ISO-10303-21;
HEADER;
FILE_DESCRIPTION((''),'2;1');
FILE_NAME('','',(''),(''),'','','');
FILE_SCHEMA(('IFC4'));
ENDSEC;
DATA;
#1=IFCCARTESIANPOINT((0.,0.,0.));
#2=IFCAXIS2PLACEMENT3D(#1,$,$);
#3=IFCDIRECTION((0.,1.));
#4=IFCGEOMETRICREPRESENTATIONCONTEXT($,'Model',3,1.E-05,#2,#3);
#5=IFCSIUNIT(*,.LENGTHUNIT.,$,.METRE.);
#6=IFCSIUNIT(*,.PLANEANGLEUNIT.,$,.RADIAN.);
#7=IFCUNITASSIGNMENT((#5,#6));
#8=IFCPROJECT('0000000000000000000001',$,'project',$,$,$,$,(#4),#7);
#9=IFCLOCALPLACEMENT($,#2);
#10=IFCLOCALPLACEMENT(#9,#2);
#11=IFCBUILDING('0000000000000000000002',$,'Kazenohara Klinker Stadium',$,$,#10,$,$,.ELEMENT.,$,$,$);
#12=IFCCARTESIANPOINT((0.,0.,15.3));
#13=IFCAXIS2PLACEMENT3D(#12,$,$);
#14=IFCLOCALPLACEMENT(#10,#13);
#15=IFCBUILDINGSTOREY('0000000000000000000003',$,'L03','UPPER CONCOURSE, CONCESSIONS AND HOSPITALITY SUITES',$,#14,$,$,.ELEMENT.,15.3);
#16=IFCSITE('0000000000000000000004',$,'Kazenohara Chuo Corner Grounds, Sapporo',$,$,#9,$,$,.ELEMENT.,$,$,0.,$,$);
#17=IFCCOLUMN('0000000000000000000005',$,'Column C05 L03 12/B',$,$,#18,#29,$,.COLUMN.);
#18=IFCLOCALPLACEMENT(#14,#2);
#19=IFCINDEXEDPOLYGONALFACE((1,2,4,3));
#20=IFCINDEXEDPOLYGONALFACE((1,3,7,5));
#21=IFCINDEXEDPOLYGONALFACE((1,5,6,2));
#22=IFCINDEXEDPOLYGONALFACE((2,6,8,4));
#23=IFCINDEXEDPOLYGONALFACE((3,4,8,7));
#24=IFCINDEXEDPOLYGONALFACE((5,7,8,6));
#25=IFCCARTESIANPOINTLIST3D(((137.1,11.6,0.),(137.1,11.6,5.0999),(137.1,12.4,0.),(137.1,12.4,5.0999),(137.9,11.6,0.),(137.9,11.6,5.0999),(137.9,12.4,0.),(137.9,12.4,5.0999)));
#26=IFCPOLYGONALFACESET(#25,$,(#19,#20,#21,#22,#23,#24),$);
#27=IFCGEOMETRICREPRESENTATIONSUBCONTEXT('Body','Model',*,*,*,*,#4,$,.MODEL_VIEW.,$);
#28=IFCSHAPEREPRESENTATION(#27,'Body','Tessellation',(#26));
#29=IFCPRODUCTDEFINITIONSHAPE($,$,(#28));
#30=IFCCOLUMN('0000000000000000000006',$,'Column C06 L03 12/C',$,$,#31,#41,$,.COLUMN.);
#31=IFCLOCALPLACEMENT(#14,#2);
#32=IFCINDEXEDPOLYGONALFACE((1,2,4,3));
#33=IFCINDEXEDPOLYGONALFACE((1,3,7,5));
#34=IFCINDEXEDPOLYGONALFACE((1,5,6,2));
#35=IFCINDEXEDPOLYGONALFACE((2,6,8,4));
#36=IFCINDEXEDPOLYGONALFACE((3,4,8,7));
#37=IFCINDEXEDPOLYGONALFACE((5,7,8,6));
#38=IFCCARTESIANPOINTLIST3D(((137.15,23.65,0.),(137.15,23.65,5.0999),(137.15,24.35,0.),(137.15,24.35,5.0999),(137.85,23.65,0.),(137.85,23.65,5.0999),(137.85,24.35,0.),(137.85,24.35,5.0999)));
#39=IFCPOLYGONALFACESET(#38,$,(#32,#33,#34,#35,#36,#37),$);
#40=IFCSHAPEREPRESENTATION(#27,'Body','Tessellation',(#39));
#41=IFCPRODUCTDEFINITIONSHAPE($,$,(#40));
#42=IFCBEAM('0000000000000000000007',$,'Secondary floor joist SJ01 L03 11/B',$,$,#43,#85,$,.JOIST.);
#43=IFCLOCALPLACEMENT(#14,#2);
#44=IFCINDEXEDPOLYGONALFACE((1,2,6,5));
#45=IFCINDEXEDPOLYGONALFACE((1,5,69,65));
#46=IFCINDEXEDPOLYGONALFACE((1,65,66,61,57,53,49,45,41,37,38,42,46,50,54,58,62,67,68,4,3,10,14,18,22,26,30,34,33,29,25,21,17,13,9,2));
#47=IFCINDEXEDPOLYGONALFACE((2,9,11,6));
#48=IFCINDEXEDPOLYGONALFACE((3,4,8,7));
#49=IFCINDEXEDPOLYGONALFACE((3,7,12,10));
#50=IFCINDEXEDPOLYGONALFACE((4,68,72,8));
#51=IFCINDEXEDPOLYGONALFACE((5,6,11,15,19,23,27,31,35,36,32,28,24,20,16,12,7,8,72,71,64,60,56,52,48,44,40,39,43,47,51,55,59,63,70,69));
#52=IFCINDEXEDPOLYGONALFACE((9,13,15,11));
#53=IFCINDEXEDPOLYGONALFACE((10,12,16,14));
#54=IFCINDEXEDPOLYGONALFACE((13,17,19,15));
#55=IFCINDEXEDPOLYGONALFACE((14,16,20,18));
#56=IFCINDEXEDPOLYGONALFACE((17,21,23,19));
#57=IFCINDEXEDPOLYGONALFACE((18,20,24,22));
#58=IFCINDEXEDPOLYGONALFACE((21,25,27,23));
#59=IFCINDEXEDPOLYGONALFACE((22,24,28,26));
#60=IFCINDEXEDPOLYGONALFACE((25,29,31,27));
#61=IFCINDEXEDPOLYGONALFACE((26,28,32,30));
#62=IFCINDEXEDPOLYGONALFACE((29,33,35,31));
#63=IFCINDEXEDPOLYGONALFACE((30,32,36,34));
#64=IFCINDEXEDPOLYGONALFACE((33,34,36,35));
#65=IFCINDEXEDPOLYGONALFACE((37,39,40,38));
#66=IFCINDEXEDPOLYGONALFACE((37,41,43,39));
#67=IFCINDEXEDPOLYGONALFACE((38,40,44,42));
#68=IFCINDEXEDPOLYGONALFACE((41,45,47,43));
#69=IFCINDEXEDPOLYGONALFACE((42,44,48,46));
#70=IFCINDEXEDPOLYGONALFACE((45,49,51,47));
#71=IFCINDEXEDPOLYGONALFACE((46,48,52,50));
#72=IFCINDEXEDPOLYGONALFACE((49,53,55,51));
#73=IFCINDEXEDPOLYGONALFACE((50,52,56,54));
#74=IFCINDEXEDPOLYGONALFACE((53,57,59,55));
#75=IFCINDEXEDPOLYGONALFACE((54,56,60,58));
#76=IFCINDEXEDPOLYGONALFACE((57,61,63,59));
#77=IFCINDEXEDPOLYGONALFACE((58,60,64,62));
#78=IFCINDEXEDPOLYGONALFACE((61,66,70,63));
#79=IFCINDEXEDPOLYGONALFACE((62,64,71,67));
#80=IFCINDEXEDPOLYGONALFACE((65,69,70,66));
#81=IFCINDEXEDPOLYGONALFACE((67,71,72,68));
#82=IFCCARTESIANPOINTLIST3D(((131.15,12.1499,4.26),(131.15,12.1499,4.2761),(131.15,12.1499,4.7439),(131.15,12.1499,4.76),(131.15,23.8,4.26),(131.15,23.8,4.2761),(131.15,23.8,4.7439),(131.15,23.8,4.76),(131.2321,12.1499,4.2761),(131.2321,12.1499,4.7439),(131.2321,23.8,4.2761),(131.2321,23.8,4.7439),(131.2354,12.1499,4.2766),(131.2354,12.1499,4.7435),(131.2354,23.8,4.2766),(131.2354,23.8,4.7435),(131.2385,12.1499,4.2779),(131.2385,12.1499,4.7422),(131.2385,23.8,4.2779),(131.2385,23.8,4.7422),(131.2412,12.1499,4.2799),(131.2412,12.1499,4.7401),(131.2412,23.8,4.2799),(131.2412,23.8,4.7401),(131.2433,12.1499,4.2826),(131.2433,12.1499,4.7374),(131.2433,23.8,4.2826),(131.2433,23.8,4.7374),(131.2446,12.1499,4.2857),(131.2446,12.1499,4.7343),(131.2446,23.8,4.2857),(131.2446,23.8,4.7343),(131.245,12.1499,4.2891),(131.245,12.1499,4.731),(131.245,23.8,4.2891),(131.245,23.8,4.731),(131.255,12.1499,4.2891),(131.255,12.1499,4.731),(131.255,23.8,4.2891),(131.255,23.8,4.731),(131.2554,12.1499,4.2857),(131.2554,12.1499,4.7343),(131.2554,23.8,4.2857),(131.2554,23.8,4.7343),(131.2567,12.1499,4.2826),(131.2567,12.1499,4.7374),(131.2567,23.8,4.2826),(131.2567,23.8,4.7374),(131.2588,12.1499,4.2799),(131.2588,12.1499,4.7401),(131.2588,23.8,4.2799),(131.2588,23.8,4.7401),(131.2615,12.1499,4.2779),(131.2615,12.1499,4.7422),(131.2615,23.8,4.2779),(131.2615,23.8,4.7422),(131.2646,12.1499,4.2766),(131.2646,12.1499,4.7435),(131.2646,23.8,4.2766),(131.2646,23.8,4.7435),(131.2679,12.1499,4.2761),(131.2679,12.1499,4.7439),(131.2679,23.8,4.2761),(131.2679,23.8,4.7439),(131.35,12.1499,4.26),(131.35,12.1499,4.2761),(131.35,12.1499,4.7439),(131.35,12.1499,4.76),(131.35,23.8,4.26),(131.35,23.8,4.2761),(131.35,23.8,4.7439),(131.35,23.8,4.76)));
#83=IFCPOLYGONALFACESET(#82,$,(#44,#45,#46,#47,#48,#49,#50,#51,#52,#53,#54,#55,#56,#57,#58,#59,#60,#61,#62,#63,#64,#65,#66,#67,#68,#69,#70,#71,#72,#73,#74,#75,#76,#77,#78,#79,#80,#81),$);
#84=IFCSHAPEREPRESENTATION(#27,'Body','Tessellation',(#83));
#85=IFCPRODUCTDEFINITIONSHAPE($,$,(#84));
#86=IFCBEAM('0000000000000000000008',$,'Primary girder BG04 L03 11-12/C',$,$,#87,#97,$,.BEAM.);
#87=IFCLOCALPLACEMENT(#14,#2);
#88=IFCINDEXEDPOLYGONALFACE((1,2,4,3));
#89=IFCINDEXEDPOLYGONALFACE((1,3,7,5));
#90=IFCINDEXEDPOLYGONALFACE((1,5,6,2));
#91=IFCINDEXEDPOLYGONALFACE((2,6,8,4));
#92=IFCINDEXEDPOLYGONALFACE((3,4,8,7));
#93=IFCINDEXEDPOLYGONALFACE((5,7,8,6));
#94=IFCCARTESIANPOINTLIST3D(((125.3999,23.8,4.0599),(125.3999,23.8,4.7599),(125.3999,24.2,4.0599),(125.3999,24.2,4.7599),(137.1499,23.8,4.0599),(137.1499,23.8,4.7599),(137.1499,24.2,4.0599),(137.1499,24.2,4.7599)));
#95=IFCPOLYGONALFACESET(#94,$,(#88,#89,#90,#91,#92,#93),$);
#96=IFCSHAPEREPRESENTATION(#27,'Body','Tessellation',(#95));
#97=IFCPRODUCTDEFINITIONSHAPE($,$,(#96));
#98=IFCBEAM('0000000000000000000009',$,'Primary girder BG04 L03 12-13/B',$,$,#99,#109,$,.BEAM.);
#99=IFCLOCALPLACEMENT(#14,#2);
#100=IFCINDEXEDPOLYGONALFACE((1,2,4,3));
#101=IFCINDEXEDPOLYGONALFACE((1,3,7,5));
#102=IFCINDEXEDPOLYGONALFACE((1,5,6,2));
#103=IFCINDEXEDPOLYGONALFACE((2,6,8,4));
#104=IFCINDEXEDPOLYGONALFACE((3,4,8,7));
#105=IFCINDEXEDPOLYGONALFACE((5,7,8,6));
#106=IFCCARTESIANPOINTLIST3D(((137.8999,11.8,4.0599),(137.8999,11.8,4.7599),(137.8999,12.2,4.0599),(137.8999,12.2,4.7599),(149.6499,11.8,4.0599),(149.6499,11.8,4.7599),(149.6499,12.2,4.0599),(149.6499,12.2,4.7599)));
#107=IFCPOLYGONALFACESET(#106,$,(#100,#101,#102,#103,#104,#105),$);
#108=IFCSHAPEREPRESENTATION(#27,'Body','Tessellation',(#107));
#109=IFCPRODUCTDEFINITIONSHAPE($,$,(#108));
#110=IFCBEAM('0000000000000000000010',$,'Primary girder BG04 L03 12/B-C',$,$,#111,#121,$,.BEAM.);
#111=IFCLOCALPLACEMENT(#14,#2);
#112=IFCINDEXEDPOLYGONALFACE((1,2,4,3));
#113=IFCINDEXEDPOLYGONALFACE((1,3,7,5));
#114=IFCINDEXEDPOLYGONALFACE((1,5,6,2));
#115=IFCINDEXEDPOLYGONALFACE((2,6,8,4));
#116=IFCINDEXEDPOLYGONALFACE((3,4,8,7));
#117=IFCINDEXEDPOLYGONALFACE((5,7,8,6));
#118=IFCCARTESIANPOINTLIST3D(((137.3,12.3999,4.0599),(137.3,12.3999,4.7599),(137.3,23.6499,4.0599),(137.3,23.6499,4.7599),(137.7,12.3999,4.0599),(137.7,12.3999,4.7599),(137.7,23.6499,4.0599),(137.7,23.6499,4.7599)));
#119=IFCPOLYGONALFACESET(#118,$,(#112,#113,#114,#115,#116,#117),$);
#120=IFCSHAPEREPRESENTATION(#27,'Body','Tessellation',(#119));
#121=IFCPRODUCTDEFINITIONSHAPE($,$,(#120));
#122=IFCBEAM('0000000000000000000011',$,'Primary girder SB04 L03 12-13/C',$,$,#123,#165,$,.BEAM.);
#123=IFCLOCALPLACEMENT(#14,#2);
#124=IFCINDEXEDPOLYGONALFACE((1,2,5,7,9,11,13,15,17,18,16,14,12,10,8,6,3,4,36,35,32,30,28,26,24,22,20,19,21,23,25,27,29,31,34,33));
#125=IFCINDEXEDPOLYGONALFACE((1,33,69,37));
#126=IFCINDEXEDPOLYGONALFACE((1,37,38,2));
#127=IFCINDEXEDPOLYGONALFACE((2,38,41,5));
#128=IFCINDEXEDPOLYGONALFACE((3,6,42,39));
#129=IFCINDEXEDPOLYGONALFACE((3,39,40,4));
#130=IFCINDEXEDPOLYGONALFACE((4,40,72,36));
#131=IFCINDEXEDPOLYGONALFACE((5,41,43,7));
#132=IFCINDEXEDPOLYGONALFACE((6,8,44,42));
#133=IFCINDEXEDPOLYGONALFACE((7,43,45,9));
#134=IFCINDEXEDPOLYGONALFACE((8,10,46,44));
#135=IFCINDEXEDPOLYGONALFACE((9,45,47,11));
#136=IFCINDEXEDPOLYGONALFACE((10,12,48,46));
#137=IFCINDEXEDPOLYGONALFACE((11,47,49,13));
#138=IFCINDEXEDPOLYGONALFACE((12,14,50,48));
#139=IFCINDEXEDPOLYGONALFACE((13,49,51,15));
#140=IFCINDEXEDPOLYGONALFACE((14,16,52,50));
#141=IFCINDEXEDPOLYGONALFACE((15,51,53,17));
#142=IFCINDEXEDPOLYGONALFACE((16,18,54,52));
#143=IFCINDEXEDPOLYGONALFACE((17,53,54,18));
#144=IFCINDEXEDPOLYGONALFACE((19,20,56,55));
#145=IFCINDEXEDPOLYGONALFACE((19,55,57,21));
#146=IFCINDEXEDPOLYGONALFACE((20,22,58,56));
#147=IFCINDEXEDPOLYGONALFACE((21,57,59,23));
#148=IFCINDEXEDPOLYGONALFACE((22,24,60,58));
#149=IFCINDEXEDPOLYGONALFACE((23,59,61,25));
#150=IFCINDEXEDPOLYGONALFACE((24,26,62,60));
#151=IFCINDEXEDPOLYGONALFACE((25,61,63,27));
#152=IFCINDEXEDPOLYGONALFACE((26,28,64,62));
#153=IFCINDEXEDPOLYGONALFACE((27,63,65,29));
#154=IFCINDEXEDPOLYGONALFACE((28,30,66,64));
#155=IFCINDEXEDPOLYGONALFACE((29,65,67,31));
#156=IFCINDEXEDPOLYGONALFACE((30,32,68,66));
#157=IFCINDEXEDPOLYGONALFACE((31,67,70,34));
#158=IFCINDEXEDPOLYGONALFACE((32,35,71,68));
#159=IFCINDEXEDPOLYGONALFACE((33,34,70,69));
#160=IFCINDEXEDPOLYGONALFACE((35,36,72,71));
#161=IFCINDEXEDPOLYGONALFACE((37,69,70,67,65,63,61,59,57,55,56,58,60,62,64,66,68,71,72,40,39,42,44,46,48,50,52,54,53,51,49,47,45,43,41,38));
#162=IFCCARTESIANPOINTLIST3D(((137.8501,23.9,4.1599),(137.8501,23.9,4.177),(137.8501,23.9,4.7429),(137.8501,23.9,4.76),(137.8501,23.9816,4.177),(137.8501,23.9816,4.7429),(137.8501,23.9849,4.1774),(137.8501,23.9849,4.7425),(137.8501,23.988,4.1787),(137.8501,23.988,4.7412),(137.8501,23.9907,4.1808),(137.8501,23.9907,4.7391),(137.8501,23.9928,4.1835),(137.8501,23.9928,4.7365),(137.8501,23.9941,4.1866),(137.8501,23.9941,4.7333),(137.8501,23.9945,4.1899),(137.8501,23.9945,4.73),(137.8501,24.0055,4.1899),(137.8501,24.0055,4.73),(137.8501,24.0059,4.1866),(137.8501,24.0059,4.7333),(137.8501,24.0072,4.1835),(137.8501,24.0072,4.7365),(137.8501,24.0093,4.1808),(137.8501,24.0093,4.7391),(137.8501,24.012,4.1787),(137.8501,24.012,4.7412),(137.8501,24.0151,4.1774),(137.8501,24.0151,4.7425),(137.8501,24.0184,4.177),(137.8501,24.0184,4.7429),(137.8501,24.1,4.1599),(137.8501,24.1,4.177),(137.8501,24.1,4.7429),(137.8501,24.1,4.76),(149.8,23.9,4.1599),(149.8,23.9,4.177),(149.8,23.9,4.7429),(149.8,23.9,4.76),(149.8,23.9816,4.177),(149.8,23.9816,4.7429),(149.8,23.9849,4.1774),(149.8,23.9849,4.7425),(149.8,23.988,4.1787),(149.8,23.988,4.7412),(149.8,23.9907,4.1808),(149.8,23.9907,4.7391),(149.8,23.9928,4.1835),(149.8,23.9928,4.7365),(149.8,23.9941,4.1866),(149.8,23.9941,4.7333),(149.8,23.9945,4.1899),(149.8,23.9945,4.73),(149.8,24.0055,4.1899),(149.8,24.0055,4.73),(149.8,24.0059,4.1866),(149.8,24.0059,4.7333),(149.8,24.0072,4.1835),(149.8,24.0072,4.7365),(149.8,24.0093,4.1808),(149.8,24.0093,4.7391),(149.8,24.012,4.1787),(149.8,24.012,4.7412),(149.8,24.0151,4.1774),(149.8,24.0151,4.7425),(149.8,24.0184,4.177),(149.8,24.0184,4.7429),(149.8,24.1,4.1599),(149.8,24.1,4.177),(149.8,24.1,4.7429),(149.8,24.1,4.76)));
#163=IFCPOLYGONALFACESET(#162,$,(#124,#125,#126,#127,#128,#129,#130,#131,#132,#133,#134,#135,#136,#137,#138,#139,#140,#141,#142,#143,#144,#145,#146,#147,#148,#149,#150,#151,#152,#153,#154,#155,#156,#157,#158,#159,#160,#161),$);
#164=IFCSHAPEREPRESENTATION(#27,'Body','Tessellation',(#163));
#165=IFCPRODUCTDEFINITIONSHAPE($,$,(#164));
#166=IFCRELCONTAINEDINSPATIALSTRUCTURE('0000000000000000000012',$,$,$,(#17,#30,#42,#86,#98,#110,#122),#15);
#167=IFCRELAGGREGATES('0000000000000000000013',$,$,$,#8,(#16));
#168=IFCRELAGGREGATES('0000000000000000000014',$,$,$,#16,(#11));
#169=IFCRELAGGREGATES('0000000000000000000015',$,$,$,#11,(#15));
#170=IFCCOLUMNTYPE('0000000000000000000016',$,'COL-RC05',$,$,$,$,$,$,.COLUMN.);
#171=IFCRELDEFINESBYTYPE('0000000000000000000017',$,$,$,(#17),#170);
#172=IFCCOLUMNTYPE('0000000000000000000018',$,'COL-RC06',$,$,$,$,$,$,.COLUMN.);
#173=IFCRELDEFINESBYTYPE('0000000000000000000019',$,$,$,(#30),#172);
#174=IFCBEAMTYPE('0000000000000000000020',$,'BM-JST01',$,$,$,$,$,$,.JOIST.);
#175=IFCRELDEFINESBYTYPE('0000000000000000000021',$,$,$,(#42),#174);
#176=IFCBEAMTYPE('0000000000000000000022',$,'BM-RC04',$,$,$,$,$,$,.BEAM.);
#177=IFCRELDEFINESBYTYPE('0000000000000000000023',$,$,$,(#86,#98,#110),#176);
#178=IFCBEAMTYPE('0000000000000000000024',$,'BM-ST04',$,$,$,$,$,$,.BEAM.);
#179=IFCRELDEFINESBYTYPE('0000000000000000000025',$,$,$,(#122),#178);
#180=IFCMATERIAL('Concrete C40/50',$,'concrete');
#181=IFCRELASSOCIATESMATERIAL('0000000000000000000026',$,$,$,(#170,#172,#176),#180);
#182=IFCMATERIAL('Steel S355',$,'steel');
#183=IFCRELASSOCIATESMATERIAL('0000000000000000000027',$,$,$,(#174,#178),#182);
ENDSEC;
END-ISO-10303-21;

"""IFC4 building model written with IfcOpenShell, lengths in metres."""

from ifc_helpers import new_model, si_unit, direction, frame, origin, origin_2d, place, context, subcontext, project, spatial, rectangle, i_section, extrude, material, material_profile, profile_set, type_object, element, save


model = new_model("IFC4")

# Units and contexts
model_context = context("Model", 3, precision=1e-05, world=origin(), true_north=direction((0.0, 1.0)))
body_context = subcontext(model_context, "Body", "Model", "MODEL_VIEW")
ifc_project = project(units=[si_unit("LENGTHUNIT", "METRE"), si_unit("PLANEANGLEUNIT", "RADIAN")], contexts=[model_context])

# Site, building, storey
site_placement = place(None, origin())
site = spatial("IfcSite", under=ifc_project, at=site_placement, Name="Kazenohara Chuo Corner Grounds, Sapporo", CompositionType="ELEMENT", RefElevation=0.0)
building_placement = place(site_placement, origin())
building = spatial("IfcBuilding", under=site, at=building_placement, Name="Kazenohara Klinker Stadium", CompositionType="ELEMENT")
storey_placement = place(building_placement, frame((0.0, 0.0, 15.3)))
storey = spatial("IfcBuildingStorey", under=building, at=storey_placement, Name="L03", Description="UPPER CONCOURSE, CONCESSIONS AND HOSPITALITY SUITES", CompositionType="ELEMENT", Elevation=15.3)

# Columns
ifc_material_1 = material(Name="Concrete C40/50", Category="concrete")
ifc_material_profile_1 = material_profile(ifc_material_1, rectangle(XDim=0.8, YDim=0.8, at=origin_2d()), Name="RC-COL-800x800")
ifc_profile_set_1 = profile_set([ifc_material_profile_1], Name="Concrete C40/50")
column_type_1 = type_object("IfcColumnType", Name="COL-RC05", PredefinedType="COLUMN", material=ifc_profile_set_1)
column_1_placement = place(storey_placement, frame((137.5, 12.0, 0.0), z_axis=(0.0, 0.0, 1.0), x_axis=(1.0, 0.0, 0.0)))
element("IfcColumn", 1, at=column_1_placement, inside=storey, type_object=column_type_1, Name="Column C05 L03 12/B", PredefinedType="COLUMN", context=body_context, shape_type="SweptSolid", body=[
    extrude(rectangle(XDim=0.8, YDim=0.8, at=origin_2d()), origin(), (0.0, 0.0, 1.0), 5.0999),
])
ifc_material_profile_2 = material_profile(ifc_material_1, rectangle(XDim=0.7, YDim=0.7, at=origin_2d()), Name="RC-COL-700x700")
ifc_profile_set_2 = profile_set([ifc_material_profile_2], Name="Concrete C40/50")
column_type_2 = type_object("IfcColumnType", Name="COL-RC06", PredefinedType="COLUMN", material=ifc_profile_set_2)
column_2_placement = place(storey_placement, frame((137.5, 24.0, 0.0), z_axis=(0.0, 0.0, 1.0), x_axis=(1.0, 0.0, 0.0)))
element("IfcColumn", 2, at=column_2_placement, inside=storey, type_object=column_type_2, Name="Column C06 L03 12/C", PredefinedType="COLUMN", context=body_context, shape_type="SweptSolid", body=[
    extrude(rectangle(XDim=0.7, YDim=0.7, at=origin_2d()), origin(), (0.0, 0.0, 1.0), 5.0999),
])

# Beams
ifc_material_2 = material(Name="Steel S355", Category="steel")
ifc_material_profile_3 = material_profile(ifc_material_2, i_section(OverallWidth=0.2, OverallDepth=0.5, WebThickness=0.01, FlangeThickness=0.0161, FilletRadius=0.0129, at=origin_2d()), Name="H-500x200x10x16")
ifc_profile_set_3 = profile_set([ifc_material_profile_3], Name="Steel S355")
beam_type_1 = type_object("IfcBeamType", Name="BM-JST01", PredefinedType="JOIST", material=ifc_profile_set_3)
beam_1_placement = place(storey_placement, frame((131.25, 12.1499, 4.51), z_axis=(0.0, 1.0, 0.0), x_axis=(-1.0, 0.0, 0.0)))
element("IfcBeam", 3, at=beam_1_placement, inside=storey, type_object=beam_type_1, Name="Secondary floor joist SJ01 L03 11/B", PredefinedType="JOIST", context=body_context, shape_type="SweptSolid", body=[
    extrude(i_section(OverallWidth=0.2, OverallDepth=0.5, WebThickness=0.01, FlangeThickness=0.0161, FilletRadius=0.0129, at=origin_2d()), origin(), (0.0, 0.0, 1.0), 11.6501),
])
ifc_material_profile_4 = material_profile(ifc_material_1, rectangle(XDim=0.3999, YDim=0.7, at=origin_2d()), Name="RC-BM-400x700")
ifc_profile_set_4 = profile_set([ifc_material_profile_4], Name="Concrete C40/50")
beam_type_2 = type_object("IfcBeamType", Name="BM-RC04", PredefinedType="BEAM", material=ifc_profile_set_4)
for number, where, z_axis, x_axis, name in (
    (4, (125.3999, 24.0, 4.4099), (1.0, 0.0, 0.0), (0.0, 1.0, 0.0), "Primary girder BG04 L03 11-12/C"),
    (5, (137.8999, 12.0, 4.4099), (1.0, 0.0, 0.0), (0.0, 1.0, 0.0), "Primary girder BG04 L03 12-13/B"),
):
    element("IfcBeam", number, at=place(storey_placement, frame(where, z_axis=z_axis, x_axis=x_axis)), inside=storey, type_object=beam_type_2, Name=name, PredefinedType="BEAM", context=body_context, shape_type="SweptSolid", body=[
        extrude(rectangle(XDim=0.3999, YDim=0.7, at=origin_2d()), origin(), (0.0, 0.0, 1.0), 11.75),
    ])
beam_2_placement = place(storey_placement, frame((137.5, 12.3999, 4.4099), z_axis=(0.0, 1.0, 0.0), x_axis=(-1.0, 0.0, 0.0)))
element("IfcBeam", 6, at=beam_2_placement, inside=storey, type_object=beam_type_2, Name="Primary girder BG04 L03 12/B-C", PredefinedType="BEAM", context=body_context, shape_type="SweptSolid", body=[
    extrude(rectangle(XDim=0.3999, YDim=0.7, at=origin_2d()), origin(), (0.0, 0.0, 1.0), 11.25),
])
ifc_material_profile_5 = material_profile(ifc_material_2, i_section(OverallWidth=0.2, OverallDepth=0.6001, WebThickness=0.011, FlangeThickness=0.0171, FilletRadius=0.0129, at=origin_2d()), Name="H-600x200x11x17")
ifc_profile_set_5 = profile_set([ifc_material_profile_5], Name="Steel S355")
beam_type_3 = type_object("IfcBeamType", Name="BM-ST04", PredefinedType="BEAM", material=ifc_profile_set_5)
beam_3_placement = place(storey_placement, frame((137.8501, 24.0, 4.46), z_axis=(1.0, 0.0, 0.0), x_axis=(0.0, 1.0, 0.0)))
element("IfcBeam", 7, at=beam_3_placement, inside=storey, type_object=beam_type_3, Name="Primary girder SB04 L03 12-13/C", PredefinedType="BEAM", context=body_context, shape_type="SweptSolid", body=[
    extrude(i_section(OverallWidth=0.2, OverallDepth=0.6001, WebThickness=0.011, FlangeThickness=0.0171, FilletRadius=0.0129, at=origin_2d()), origin(), (0.0, 0.0, 1.0), 11.95),
])

save(model, "model.ifc")
